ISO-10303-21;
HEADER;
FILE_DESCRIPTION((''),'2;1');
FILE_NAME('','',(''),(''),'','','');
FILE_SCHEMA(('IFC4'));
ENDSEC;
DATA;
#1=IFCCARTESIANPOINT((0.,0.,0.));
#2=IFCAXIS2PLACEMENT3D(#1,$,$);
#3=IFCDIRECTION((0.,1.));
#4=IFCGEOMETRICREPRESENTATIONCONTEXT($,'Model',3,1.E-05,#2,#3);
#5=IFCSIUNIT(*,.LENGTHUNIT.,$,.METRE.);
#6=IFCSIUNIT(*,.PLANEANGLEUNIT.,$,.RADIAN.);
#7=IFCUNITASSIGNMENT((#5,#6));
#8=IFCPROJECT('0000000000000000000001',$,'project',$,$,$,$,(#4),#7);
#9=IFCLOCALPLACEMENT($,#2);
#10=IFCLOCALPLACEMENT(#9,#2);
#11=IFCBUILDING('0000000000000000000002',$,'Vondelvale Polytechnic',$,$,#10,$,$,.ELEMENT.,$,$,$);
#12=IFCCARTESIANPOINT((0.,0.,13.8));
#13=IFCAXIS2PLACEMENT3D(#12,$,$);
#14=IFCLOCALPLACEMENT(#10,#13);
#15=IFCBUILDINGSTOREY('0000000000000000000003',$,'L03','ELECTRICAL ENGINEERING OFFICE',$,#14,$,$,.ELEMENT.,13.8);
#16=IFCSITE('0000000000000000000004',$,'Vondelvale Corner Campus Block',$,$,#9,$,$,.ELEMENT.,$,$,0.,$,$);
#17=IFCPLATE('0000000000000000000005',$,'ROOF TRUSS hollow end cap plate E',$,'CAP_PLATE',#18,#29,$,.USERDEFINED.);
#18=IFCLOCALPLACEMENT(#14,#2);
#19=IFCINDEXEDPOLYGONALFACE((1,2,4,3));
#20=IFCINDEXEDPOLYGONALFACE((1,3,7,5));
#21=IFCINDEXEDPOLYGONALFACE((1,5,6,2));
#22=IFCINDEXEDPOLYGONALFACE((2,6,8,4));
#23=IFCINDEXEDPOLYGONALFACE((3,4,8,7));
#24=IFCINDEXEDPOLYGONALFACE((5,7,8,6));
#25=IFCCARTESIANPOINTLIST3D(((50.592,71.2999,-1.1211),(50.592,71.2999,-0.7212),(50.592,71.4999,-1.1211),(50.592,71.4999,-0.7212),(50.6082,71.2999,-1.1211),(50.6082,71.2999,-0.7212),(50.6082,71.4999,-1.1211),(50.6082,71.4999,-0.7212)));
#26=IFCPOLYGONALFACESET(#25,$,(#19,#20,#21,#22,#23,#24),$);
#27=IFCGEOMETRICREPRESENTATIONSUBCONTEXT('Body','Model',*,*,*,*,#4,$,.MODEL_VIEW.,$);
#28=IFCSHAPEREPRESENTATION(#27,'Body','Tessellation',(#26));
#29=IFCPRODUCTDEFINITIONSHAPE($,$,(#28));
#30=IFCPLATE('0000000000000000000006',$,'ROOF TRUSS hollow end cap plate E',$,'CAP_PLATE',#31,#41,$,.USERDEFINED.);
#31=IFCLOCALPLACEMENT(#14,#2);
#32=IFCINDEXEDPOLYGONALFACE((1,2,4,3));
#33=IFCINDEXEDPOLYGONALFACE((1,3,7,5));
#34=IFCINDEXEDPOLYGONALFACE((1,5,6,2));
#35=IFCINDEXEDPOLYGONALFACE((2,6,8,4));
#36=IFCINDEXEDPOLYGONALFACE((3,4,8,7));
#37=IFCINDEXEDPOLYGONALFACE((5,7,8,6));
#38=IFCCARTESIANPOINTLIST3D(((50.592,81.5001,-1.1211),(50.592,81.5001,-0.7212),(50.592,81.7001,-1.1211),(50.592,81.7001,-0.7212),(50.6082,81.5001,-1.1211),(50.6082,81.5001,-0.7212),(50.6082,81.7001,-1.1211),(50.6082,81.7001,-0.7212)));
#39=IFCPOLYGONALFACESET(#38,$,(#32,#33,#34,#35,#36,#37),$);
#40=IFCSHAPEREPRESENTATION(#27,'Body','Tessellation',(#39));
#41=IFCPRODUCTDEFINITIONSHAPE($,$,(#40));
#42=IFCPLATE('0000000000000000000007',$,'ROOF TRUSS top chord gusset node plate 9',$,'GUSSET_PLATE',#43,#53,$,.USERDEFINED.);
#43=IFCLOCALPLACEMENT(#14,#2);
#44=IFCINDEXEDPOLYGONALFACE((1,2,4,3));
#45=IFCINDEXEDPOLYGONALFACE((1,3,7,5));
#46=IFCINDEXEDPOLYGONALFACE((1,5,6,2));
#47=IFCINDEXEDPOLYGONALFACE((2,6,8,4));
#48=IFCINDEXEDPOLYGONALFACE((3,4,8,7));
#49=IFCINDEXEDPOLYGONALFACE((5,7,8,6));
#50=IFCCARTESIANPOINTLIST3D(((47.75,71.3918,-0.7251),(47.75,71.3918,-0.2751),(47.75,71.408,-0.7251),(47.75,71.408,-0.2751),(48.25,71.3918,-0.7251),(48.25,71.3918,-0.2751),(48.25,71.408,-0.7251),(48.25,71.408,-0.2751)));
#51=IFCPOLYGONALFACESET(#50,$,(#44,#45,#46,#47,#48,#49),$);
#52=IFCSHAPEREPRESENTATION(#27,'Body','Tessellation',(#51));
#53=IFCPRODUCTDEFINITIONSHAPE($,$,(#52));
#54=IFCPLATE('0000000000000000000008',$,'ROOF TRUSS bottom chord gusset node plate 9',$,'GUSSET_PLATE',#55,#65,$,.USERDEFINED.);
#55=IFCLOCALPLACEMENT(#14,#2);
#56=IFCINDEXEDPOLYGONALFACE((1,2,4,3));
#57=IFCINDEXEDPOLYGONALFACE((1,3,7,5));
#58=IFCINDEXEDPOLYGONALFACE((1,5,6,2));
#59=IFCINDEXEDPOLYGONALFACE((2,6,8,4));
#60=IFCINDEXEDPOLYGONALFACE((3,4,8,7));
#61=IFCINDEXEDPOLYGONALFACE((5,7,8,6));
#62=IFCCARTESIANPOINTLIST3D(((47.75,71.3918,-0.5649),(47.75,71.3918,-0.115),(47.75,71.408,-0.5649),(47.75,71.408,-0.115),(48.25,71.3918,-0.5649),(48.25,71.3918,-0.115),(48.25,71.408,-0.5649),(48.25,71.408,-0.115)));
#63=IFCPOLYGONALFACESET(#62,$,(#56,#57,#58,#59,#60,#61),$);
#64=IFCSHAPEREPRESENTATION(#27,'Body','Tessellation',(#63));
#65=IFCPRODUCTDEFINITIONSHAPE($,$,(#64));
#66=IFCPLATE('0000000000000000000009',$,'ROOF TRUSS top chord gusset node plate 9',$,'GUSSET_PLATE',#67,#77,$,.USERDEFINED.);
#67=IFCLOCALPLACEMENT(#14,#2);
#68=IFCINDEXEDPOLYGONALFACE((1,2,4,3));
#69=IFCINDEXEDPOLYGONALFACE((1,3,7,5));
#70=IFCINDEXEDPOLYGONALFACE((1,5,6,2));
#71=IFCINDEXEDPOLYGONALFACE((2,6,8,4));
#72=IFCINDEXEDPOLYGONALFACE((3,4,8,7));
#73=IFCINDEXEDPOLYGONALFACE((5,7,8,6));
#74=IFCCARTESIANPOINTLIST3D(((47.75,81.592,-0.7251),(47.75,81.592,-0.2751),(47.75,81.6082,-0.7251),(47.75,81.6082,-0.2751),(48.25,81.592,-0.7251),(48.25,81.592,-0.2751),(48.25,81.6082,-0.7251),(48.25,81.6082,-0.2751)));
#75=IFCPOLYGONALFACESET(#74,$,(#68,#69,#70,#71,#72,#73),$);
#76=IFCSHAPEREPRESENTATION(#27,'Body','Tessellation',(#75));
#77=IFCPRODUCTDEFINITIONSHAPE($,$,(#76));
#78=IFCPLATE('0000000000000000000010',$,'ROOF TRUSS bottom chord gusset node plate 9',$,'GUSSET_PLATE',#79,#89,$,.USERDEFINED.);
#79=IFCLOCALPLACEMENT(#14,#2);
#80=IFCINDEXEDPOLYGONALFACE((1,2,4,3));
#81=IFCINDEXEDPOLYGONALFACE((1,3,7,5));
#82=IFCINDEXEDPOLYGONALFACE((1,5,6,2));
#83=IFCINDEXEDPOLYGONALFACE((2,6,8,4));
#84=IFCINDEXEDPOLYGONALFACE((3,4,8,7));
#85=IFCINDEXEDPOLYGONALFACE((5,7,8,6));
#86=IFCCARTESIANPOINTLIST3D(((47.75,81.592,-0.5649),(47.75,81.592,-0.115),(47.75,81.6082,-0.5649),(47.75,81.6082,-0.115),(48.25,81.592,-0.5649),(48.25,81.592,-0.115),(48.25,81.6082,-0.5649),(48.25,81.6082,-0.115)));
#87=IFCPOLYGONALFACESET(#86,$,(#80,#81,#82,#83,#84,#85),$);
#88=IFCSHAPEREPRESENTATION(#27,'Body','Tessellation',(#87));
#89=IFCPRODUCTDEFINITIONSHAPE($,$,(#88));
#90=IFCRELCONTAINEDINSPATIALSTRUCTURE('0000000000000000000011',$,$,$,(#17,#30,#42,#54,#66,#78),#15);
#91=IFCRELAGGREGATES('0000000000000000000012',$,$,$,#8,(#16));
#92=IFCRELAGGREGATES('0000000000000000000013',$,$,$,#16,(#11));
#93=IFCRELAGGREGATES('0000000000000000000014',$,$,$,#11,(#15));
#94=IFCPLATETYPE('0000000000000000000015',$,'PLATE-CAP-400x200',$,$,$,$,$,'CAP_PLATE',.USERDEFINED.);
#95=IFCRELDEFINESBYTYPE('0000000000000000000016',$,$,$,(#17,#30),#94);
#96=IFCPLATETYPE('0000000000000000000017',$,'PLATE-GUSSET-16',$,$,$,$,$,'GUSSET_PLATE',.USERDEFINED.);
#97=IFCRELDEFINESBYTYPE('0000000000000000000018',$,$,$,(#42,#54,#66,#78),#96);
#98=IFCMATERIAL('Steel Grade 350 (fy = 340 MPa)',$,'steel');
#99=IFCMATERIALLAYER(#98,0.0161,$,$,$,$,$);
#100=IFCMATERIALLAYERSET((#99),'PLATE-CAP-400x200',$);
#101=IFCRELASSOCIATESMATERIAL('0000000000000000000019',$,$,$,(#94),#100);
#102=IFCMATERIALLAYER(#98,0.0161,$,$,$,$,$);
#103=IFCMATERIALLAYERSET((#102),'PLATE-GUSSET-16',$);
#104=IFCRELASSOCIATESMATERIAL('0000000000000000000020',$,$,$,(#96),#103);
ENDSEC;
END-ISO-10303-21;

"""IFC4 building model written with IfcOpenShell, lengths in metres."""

from ifc_helpers import new_model, si_unit, direction, frame, origin, origin_2d, place, context, subcontext, project, spatial, rectangle, extrude, material, layer, layer_set, type_object, element, save


model = new_model("IFC4")

# Units and contexts
model_context = context("Model", 3, precision=1e-05, world=origin(), true_north=direction((0.0, 1.0)))
body_context = subcontext(model_context, "Body", "Model", "MODEL_VIEW")
ifc_project = project(units=[si_unit("LENGTHUNIT", "METRE"), si_unit("PLANEANGLEUNIT", "RADIAN")], contexts=[model_context])

# Site, building, storey
site_placement = place(None, origin())
site = spatial("IfcSite", under=ifc_project, at=site_placement, Name="Vondelvale Corner Campus Block", CompositionType="ELEMENT", RefElevation=0.0)
building_placement = place(site_placement, origin())
building = spatial("IfcBuilding", under=site, at=building_placement, Name="Vondelvale Polytechnic", CompositionType="ELEMENT")
storey_placement = place(building_placement, frame((0.0, 0.0, 13.8)))
storey = spatial("IfcBuildingStorey", under=building, at=storey_placement, Name="L03", Description="ELECTRICAL ENGINEERING OFFICE", CompositionType="ELEMENT", Elevation=13.8)

# Plates
ifc_material_1 = material(Name="Steel Grade 350 (fy = 340 MPa)", Category="steel")
ifc_layer_1 = layer(ifc_material_1, 0.0161)
ifc_layer_set_1 = layer_set([ifc_layer_1], Name="PLATE-CAP-400x200")
plate_type_1 = type_object("IfcPlateType", Name="PLATE-CAP-400x200", ElementType="CAP_PLATE", PredefinedType="USERDEFINED", material=ifc_layer_set_1)
for number, where, z_axis, x_axis, name in (
    (1, (50.6001, 71.3999, -1.1211), (0.0, 0.0, 1.0), (1.0, 0.0, 0.0), "ROOF TRUSS hollow end cap plate E"),
    (2, (50.6001, 81.6001, -1.1211), (0.0, 0.0, 1.0), (1.0, 0.0, 0.0), "ROOF TRUSS hollow end cap plate E"),
):
    element("IfcPlate", number, at=place(storey_placement, frame(where, z_axis=z_axis, x_axis=x_axis)), inside=storey, type_object=plate_type_1, Name=name, ObjectType="CAP_PLATE", PredefinedType="USERDEFINED", context=body_context, shape_type="SweptSolid", body=[
        extrude(rectangle(XDim=0.0161, YDim=0.2, at=origin_2d()), origin(), (0.0, 0.0, 1.0), 0.3999),
    ])
ifc_layer_2 = layer(ifc_material_1, 0.0161)
ifc_layer_set_2 = layer_set([ifc_layer_2], Name="PLATE-GUSSET-16")
plate_type_2 = type_object("IfcPlateType", Name="PLATE-GUSSET-16", ElementType="GUSSET_PLATE", PredefinedType="USERDEFINED", material=ifc_layer_set_2)
for number, where, z_axis, x_axis, name in (
    (3, (48.0, 71.3999, -0.7251), (0.0, 0.0, 1.0), (1.0, 0.0, 0.0), "ROOF TRUSS top chord gusset node plate 9"),
    (4, (48.0, 71.3999, -0.5649), (0.0, 0.0, 1.0), (1.0, 0.0, 0.0), "ROOF TRUSS bottom chord gusset node plate 9"),
    (5, (48.0, 81.6001, -0.7251), (0.0, 0.0, 1.0), (1.0, 0.0, 0.0), "ROOF TRUSS top chord gusset node plate 9"),
    (6, (48.0, 81.6001, -0.5649), (0.0, 0.0, 1.0), (1.0, 0.0, 0.0), "ROOF TRUSS bottom chord gusset node plate 9"),
):
    element("IfcPlate", number, at=place(storey_placement, frame(where, z_axis=z_axis, x_axis=x_axis)), inside=storey, type_object=plate_type_2, Name=name, ObjectType="GUSSET_PLATE", PredefinedType="USERDEFINED", context=body_context, shape_type="SweptSolid", body=[
        extrude(rectangle(XDim=0.5, YDim=0.0161, at=origin_2d()), origin(), (0.0, 0.0, 1.0), 0.45),
    ])

save(model, "model.ifc")
